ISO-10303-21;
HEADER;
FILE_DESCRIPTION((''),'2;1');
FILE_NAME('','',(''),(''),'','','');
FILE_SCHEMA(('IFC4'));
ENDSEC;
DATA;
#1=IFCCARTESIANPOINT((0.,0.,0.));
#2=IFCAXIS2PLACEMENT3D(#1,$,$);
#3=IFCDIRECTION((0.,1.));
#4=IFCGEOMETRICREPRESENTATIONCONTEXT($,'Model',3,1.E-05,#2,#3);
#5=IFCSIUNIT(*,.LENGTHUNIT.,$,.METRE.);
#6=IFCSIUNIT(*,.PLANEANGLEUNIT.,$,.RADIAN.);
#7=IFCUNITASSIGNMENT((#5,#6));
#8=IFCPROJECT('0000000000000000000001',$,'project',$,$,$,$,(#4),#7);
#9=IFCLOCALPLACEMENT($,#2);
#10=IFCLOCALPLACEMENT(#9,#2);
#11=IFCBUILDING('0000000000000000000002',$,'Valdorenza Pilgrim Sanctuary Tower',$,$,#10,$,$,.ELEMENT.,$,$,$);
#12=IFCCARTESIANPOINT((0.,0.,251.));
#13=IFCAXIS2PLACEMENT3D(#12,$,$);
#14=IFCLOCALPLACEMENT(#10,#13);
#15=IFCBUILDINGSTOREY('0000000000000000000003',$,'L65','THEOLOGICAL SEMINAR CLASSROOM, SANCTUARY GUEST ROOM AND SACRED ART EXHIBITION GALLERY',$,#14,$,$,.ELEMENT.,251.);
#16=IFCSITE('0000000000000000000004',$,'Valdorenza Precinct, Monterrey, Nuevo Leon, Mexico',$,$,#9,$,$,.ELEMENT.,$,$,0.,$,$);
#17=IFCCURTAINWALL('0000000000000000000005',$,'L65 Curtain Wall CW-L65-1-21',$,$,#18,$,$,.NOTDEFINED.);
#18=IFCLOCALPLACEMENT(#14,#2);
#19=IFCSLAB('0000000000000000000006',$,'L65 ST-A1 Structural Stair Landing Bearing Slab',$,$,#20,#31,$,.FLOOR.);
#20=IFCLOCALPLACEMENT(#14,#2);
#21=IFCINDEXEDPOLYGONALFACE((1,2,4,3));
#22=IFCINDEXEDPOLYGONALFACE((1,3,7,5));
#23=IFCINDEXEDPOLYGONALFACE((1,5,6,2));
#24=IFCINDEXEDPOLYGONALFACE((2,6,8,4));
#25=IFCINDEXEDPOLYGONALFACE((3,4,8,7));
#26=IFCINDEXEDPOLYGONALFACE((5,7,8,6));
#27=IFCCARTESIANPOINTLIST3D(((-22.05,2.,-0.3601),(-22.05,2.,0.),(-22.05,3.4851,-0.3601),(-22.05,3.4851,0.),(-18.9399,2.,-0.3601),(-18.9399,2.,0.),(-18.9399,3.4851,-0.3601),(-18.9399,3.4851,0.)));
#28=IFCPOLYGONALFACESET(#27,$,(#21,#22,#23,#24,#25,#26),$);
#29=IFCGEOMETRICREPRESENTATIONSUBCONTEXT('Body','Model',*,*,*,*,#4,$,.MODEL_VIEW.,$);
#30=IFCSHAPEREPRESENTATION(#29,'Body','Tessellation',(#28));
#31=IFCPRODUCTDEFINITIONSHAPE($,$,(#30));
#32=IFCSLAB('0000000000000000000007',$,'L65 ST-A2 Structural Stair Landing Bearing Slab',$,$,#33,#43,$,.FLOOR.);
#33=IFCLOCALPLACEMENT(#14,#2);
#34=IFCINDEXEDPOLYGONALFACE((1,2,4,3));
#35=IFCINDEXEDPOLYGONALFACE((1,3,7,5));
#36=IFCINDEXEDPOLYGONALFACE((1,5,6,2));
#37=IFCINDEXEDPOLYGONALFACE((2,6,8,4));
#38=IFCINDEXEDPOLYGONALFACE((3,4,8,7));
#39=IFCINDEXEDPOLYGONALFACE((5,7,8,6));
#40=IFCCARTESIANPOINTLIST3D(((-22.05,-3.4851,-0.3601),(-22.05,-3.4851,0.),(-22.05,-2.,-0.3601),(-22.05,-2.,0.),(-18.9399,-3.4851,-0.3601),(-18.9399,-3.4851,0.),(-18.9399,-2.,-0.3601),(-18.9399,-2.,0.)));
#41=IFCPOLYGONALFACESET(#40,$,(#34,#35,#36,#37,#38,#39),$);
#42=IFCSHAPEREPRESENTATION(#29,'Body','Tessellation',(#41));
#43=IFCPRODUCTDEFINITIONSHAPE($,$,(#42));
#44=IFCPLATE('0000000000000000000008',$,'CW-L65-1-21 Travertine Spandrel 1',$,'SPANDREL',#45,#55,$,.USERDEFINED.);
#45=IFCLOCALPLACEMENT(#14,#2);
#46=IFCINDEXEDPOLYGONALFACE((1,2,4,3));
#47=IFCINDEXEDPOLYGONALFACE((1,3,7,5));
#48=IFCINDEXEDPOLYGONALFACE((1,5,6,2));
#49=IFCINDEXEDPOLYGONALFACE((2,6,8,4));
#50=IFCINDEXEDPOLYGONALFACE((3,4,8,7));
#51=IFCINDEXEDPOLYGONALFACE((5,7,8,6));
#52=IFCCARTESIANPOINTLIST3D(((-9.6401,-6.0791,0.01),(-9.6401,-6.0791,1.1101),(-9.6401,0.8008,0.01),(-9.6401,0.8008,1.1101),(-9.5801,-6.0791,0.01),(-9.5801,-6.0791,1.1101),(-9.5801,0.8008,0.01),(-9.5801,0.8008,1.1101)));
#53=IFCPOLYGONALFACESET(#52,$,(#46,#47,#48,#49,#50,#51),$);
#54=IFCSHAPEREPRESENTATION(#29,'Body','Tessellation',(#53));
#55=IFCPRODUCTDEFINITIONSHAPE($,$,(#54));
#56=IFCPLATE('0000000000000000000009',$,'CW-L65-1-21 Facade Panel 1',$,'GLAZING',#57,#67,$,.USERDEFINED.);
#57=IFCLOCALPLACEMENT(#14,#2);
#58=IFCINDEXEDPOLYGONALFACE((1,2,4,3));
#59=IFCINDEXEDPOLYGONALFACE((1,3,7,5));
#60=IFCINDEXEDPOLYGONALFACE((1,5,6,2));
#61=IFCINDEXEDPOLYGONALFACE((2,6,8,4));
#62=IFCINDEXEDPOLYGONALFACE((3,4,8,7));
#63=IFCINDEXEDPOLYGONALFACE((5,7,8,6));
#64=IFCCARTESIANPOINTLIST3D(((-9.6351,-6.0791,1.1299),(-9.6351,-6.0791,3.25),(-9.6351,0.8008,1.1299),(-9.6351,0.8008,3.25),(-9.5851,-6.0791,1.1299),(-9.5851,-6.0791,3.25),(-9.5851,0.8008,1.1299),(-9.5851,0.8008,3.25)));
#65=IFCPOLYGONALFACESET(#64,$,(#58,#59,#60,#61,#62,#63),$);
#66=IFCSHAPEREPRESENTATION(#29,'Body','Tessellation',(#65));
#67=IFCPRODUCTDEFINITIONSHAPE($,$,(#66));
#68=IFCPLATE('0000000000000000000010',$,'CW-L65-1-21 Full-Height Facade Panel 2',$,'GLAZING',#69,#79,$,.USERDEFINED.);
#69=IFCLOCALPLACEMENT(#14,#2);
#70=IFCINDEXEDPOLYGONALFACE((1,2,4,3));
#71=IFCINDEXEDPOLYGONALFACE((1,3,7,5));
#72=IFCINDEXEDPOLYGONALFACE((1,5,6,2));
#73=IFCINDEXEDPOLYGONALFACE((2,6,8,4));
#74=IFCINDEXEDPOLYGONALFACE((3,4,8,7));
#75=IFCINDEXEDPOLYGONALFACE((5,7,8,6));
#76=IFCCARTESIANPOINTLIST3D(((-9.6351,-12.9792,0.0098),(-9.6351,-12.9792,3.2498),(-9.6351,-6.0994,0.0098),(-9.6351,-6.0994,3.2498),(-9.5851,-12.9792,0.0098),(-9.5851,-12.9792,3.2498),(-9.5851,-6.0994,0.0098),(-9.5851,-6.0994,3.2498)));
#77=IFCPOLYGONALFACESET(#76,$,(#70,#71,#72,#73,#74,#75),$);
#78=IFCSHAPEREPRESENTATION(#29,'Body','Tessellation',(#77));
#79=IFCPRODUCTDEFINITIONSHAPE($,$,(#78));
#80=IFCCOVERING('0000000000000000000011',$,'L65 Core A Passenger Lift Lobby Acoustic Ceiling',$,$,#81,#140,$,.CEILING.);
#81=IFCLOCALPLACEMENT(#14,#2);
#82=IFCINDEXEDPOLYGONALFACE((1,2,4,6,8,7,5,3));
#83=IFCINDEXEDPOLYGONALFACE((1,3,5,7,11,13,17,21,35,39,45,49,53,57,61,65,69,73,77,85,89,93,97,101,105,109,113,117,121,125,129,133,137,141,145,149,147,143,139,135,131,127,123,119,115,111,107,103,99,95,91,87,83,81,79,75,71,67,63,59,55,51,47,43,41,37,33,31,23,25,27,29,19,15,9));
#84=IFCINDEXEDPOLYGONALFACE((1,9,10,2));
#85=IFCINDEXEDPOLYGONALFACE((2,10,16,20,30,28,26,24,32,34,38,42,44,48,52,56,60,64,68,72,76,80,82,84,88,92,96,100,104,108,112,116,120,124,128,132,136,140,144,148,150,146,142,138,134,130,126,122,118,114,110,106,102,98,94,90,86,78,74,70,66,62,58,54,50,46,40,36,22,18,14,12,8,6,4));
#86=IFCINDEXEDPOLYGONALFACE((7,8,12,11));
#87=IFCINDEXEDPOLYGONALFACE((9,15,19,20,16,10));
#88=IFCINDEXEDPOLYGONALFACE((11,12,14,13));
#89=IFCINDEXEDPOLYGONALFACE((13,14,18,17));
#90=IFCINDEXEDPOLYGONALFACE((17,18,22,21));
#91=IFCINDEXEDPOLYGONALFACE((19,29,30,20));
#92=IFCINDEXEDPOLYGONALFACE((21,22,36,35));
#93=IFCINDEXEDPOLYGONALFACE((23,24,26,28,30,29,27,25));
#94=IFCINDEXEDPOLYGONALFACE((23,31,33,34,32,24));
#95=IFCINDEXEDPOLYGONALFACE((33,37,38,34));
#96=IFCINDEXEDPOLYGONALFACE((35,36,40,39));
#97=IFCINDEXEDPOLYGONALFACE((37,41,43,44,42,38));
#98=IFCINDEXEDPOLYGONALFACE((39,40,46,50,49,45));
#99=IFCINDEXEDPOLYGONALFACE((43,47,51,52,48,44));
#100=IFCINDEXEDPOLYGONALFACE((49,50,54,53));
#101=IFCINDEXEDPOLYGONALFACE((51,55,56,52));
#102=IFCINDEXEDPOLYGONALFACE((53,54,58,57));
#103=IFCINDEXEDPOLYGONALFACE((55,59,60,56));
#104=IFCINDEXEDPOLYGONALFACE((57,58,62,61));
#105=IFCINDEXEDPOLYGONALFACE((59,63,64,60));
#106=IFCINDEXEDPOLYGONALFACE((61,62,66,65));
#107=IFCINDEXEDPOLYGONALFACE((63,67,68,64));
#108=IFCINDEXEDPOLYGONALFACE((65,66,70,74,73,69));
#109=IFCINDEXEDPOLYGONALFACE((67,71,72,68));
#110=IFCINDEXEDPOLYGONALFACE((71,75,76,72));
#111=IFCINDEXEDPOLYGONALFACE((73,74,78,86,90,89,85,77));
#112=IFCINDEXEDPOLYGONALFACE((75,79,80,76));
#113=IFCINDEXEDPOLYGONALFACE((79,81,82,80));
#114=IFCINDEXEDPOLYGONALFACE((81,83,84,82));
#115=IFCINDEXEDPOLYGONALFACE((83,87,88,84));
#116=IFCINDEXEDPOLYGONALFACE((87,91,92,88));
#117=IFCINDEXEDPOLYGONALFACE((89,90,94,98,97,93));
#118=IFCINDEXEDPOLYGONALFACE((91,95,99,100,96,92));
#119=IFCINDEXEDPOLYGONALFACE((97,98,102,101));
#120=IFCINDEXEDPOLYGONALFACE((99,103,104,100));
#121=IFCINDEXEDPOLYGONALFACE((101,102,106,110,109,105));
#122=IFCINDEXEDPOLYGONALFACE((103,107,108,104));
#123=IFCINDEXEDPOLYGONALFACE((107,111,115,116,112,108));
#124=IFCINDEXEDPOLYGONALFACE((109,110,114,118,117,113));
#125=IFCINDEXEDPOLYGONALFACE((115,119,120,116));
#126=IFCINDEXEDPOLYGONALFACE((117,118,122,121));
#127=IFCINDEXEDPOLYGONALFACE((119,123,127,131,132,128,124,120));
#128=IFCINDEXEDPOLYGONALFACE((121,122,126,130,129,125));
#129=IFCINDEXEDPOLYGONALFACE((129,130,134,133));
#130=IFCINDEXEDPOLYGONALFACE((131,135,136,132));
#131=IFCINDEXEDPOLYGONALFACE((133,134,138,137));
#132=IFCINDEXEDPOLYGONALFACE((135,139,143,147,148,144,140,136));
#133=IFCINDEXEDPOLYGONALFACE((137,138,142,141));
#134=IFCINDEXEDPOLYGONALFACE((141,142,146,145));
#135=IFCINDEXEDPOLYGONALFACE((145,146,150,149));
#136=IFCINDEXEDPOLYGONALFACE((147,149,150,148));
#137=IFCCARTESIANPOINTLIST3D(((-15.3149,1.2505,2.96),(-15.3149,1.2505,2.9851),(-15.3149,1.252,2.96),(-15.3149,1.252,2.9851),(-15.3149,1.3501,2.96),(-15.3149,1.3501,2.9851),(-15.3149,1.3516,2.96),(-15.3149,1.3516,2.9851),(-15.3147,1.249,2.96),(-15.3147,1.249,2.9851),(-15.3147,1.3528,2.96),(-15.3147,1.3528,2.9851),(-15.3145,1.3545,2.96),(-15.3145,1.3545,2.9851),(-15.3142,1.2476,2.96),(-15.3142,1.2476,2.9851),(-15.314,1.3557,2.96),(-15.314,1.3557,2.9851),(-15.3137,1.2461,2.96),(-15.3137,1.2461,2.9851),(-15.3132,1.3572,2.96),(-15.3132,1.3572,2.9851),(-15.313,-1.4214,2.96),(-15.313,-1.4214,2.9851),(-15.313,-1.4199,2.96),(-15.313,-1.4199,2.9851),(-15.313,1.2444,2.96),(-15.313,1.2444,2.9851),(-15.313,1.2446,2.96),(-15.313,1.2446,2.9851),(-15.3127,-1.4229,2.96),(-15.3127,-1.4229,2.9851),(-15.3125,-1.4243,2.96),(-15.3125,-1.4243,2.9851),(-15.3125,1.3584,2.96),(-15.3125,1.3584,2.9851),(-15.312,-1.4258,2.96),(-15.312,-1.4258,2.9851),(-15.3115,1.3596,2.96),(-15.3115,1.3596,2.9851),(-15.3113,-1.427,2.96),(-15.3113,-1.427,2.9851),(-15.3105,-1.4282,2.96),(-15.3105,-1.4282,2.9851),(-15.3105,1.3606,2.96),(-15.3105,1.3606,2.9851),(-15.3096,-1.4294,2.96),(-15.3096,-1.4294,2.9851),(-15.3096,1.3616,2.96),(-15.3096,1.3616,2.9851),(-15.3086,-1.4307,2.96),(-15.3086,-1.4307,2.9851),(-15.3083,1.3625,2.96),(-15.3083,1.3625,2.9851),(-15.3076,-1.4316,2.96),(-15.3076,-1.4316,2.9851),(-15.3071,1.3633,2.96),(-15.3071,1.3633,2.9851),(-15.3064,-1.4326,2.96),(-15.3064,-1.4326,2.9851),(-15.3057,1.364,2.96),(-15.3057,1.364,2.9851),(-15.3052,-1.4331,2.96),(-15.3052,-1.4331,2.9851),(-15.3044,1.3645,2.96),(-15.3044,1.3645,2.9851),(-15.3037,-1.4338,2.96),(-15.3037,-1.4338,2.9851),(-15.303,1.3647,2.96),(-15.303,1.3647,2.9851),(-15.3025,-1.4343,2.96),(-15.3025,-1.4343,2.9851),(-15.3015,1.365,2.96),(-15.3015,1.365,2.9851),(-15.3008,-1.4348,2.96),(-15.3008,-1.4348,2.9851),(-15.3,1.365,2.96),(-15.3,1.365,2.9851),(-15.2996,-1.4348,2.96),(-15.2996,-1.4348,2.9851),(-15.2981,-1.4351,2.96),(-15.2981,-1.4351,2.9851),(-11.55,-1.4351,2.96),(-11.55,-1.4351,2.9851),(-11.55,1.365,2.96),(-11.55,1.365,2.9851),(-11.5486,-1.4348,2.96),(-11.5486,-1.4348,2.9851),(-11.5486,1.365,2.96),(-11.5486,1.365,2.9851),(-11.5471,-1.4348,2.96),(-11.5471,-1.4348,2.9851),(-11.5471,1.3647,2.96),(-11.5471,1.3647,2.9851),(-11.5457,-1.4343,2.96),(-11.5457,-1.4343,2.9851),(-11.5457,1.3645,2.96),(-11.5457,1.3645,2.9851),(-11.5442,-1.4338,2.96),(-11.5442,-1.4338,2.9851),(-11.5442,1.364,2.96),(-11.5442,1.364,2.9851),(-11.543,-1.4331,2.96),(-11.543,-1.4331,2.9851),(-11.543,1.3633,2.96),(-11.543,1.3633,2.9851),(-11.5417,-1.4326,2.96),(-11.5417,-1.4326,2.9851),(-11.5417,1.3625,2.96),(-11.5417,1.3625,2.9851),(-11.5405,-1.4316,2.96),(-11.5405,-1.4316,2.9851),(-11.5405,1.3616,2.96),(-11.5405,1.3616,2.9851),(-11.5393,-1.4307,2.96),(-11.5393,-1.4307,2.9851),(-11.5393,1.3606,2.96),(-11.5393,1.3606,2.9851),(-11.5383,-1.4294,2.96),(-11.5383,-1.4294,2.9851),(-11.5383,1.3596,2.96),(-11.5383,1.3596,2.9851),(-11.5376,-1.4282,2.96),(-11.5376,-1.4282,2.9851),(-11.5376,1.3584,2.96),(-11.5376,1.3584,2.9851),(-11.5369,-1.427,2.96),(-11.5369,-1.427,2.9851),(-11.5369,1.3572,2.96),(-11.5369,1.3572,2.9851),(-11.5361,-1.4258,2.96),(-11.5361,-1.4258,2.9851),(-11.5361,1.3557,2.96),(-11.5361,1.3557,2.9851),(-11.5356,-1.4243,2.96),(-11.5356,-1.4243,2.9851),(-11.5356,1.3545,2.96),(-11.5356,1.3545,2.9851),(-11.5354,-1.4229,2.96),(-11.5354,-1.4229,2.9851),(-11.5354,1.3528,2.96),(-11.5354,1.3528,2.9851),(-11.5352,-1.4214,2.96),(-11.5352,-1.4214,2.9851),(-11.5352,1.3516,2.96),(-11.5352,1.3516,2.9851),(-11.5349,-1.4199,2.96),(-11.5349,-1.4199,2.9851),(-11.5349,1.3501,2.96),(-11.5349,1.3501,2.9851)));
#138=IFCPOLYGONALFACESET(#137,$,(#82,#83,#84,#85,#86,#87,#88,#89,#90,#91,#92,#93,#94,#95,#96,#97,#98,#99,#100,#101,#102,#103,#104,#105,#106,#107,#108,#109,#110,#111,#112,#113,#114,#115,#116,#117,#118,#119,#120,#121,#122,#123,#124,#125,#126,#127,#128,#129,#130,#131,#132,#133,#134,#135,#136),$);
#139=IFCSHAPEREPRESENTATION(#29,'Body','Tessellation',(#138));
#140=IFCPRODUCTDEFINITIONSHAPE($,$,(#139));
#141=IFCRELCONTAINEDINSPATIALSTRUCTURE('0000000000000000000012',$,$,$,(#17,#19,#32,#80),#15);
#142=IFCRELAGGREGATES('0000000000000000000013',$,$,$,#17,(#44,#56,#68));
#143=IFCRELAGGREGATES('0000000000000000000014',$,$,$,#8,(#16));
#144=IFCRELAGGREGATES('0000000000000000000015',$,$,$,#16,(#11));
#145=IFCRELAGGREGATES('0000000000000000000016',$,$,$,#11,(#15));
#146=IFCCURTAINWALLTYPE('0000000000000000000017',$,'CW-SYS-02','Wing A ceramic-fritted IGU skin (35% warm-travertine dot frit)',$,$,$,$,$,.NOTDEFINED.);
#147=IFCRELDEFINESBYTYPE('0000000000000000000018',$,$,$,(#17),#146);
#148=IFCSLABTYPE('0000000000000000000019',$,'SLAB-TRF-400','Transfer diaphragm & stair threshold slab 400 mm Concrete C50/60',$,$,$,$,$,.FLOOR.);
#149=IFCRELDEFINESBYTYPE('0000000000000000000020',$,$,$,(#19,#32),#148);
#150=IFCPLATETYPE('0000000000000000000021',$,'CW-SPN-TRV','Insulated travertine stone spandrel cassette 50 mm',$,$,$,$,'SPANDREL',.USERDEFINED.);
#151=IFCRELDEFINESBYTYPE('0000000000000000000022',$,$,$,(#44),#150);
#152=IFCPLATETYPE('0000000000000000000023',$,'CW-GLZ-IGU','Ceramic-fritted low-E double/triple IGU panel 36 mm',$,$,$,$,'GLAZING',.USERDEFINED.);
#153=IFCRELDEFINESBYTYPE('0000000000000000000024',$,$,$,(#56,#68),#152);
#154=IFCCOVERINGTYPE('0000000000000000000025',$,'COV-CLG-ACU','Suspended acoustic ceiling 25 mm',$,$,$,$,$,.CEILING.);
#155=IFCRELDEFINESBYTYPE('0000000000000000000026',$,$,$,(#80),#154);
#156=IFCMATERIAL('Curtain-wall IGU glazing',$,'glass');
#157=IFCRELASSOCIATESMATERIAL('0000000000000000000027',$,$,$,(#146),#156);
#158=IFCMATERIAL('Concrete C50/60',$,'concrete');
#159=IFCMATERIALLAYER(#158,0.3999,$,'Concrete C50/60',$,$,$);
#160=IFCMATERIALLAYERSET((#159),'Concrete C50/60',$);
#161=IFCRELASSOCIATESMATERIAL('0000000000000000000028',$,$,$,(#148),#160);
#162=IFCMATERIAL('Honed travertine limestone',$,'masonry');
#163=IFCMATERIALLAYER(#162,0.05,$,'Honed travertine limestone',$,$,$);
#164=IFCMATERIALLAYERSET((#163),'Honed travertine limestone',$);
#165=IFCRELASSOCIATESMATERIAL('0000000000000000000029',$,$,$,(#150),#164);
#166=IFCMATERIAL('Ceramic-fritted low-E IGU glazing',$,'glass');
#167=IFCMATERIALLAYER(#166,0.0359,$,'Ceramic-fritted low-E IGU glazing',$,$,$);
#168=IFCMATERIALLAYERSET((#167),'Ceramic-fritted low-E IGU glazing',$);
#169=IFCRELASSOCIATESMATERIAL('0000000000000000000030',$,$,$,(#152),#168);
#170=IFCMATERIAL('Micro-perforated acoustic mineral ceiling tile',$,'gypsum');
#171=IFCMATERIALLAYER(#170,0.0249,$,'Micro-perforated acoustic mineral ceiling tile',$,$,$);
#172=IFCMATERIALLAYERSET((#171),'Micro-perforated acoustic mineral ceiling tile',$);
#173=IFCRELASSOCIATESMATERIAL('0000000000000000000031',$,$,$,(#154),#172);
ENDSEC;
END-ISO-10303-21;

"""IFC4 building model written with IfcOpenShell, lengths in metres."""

from ifc_helpers import new_model, si_unit, direction, frame, origin, origin_2d, place, context, subcontext, project, spatial, polyline, rectangle, outline, extrude, source, transform, mapped, material, layer, layer_set, type_object, element, aggregate, save


model = new_model("IFC4")

# Units and contexts
model_context = context("Model", 3, precision=1e-05, world=origin(), true_north=direction((0.0, 1.0)))
body_context = subcontext(model_context, "Body", "Model", "MODEL_VIEW")
ifc_project = project(units=[si_unit("LENGTHUNIT", "METRE"), si_unit("PLANEANGLEUNIT", "RADIAN")], contexts=[model_context])

# Site, building, storey
site_placement = place(None, origin())
site = spatial("IfcSite", under=ifc_project, at=site_placement, Name="Valdorenza Precinct, Monterrey, Nuevo Leon, Mexico", CompositionType="ELEMENT", RefElevation=0.0)
building_placement = place(site_placement, origin())
building = spatial("IfcBuilding", under=site, at=building_placement, Name="Valdorenza Pilgrim Sanctuary Tower", CompositionType="ELEMENT")
storey_placement = place(building_placement, frame((0.0, 0.0, 251.0)))
storey = spatial("IfcBuildingStorey", under=building, at=storey_placement, Name="L65", Description="THEOLOGICAL SEMINAR CLASSROOM, SANCTUARY GUEST ROOM AND SACRED ART EXHIBITION GALLERY", CompositionType="ELEMENT", Elevation=251.0)

# Curtain wall
ifc_material_1 = material(Name="Curtain-wall IGU glazing", Category="glass")
curtain_wall_type = type_object("IfcCurtainWallType", Name="CW-SYS-02", Description="Wing A ceramic-fritted IGU skin (35% warm-travertine dot frit)", PredefinedType="NOTDEFINED", material=ifc_material_1)
curtain_wall_placement = place(storey_placement, origin())
curtain_wall = element("IfcCurtainWall", 1, at=curtain_wall_placement, inside=storey, type_object=curtain_wall_type, Name="L65 Curtain Wall CW-L65-1-21", PredefinedType="NOTDEFINED")

# Slabs
ifc_material_2 = material(Name="Concrete C50/60", Category="concrete")
ifc_layer_1 = layer(ifc_material_2, 0.3999, Name="Concrete C50/60")
ifc_layer_set_1 = layer_set([ifc_layer_1], Name="Concrete C50/60")
slab_type_1 = type_object("IfcSlabType", Name="SLAB-TRF-400", Description="Transfer diaphragm & stair threshold slab 400 mm Concrete C50/60", PredefinedType="FLOOR", material=ifc_layer_set_1)
slab_1_placement = place(storey_placement, frame((0.0, 0.0, -0.3601)))
element("IfcSlab", 2, at=slab_1_placement, inside=storey, type_object=slab_type_1, Name="L65 ST-A1 Structural Stair Landing Bearing Slab", PredefinedType="FLOOR", context=body_context, shape_type="SweptSolid", body=[
    extrude(outline(polyline([(-22.05, 2.0), (-18.9399, 2.0), (-18.9399, 3.4851), (-22.05, 3.4851), (-22.05, 2.0)])), origin(), (0.0, 0.0, 1.0), 0.3601),
])
slab_2_placement = place(storey_placement, frame((0.0, 0.0, -0.3601)))
element("IfcSlab", 3, at=slab_2_placement, inside=storey, type_object=slab_type_1, Name="L65 ST-A2 Structural Stair Landing Bearing Slab", PredefinedType="FLOOR", context=body_context, shape_type="SweptSolid", body=[
    extrude(outline(polyline([(-22.05, -3.4851), (-18.9399, -3.4851), (-18.9399, -2.0), (-22.05, -2.0), (-22.05, -3.4851)])), origin(), (0.0, 0.0, 1.0), 0.3601),
])

# Plates
ifc_material_3 = material(Name="Honed travertine limestone", Category="masonry")
ifc_layer_2 = layer(ifc_material_3, 0.05, Name="Honed travertine limestone")
ifc_layer_set_2 = layer_set([ifc_layer_2], Name="Honed travertine limestone")
plate_type_1 = type_object("IfcPlateType", Name="CW-SPN-TRV", Description="Insulated travertine stone spandrel cassette 50 mm", ElementType="SPANDREL", PredefinedType="USERDEFINED", material=ifc_layer_set_2)
shared_shape_1 = source(origin(), body_context, "Body", "SweptSolid", [
    extrude(rectangle(XDim=6.8799, YDim=0.0601, at=origin_2d()), origin(), (0.0, 0.0, 1.0), 1.1001),
])
plate_1_placement = place(storey_placement, frame((-9.6101, -2.6392, 0.01), z_axis=(0.0, 0.0, 1.0), x_axis=(0.0, -1.0, 0.0)))
plate_1 = element("IfcPlate", 4, at=plate_1_placement, type_object=plate_type_1, Name="CW-L65-1-21 Travertine Spandrel 1", ObjectType="SPANDREL", PredefinedType="USERDEFINED", context=body_context, shape_type="MappedRepresentation", body=[
    mapped(shared_shape_1, transform((0.0, 0.0, 0.0), x_axis=(1.0, 0.0, 0.0), y_axis=(0.0, 1.0, 0.0), z_axis=(0.0, 0.0, 1.0), scale=1.0)),
])
ifc_material_4 = material(Name="Ceramic-fritted low-E IGU glazing", Category="glass")
ifc_layer_3 = layer(ifc_material_4, 0.0359, Name="Ceramic-fritted low-E IGU glazing")
ifc_layer_set_3 = layer_set([ifc_layer_3], Name="Ceramic-fritted low-E IGU glazing")
plate_type_2 = type_object("IfcPlateType", Name="CW-GLZ-IGU", Description="Ceramic-fritted low-E double/triple IGU panel 36 mm", ElementType="GLAZING", PredefinedType="USERDEFINED", material=ifc_layer_set_3)
shared_shape_2 = source(origin(), body_context, "Body", "SweptSolid", [
    extrude(rectangle(XDim=6.8799, YDim=0.05, at=origin_2d()), origin(), (0.0, 0.0, 1.0), 2.1201),
])
plate_2_placement = place(storey_placement, frame((-9.6101, -2.6392, 1.1299), z_axis=(0.0, 0.0, 1.0), x_axis=(0.0, -1.0, 0.0)))
plate_2 = element("IfcPlate", 5, at=plate_2_placement, type_object=plate_type_2, Name="CW-L65-1-21 Facade Panel 1", ObjectType="GLAZING", PredefinedType="USERDEFINED", context=body_context, shape_type="MappedRepresentation", body=[
    mapped(shared_shape_2, transform((0.0, 0.0, 0.0), x_axis=(1.0, 0.0, 0.0), y_axis=(0.0, 1.0, 0.0), z_axis=(0.0, 0.0, 1.0), scale=1.0)),
])
shared_shape_3 = source(origin(), body_context, "Body", "SweptSolid", [
    extrude(rectangle(XDim=6.8799, YDim=0.05, at=origin_2d()), origin(), (0.0, 0.0, 1.0), 3.24),
])
plate_3_placement = place(storey_placement, frame((-9.6101, -9.5393, 0.0098), z_axis=(0.0, 0.0, 1.0), x_axis=(0.0, -1.0, 0.0)))
plate_3 = element("IfcPlate", 6, at=plate_3_placement, type_object=plate_type_2, Name="CW-L65-1-21 Full-Height Facade Panel 2", ObjectType="GLAZING", PredefinedType="USERDEFINED", context=body_context, shape_type="MappedRepresentation", body=[
    mapped(shared_shape_3, transform((0.0, 0.0, 0.0), x_axis=(1.0, 0.0, 0.0), y_axis=(0.0, 1.0, 0.0), z_axis=(0.0, 0.0, 1.0), scale=1.0)),
])
aggregate(curtain_wall, [plate_1, plate_2, plate_3])

# Covering
ifc_material_5 = material(Name="Micro-perforated acoustic mineral ceiling tile", Category="gypsum")
ifc_layer_4 = layer(ifc_material_5, 0.0249, Name="Micro-perforated acoustic mineral ceiling tile")
ifc_layer_set_4 = layer_set([ifc_layer_4], Name="Micro-perforated acoustic mineral ceiling tile")
covering_type_1 = type_object("IfcCoveringType", Name="COV-CLG-ACU", Description="Suspended acoustic ceiling 25 mm", PredefinedType="CEILING", material=ifc_layer_set_4)
covering_1_placement = place(storey_placement, frame((0.0, 0.0, 2.96)))
element("IfcCovering", 7, at=covering_1_placement, inside=storey, type_object=covering_type_1, Name="L65 Core A Passenger Lift Lobby Acoustic Ceiling", PredefinedType="CEILING", context=body_context, shape_type="SweptSolid", body=[
    extrude(outline(polyline([(-15.3149, 1.3501), (-15.3149, 1.3516), (-15.3147, 1.3528), (-15.3145, 1.3545), (-15.314, 1.3557), (-15.3132, 1.3572), (-15.3125, 1.3584), (-15.3115, 1.3596), (-15.3105, 1.3606), (-15.3096, 1.3616), (-15.3083, 1.3625), (-15.3071, 1.3633), (-15.3057, 1.364), (-15.3044, 1.3645), (-15.303, 1.3647), (-15.3015, 1.365), (-15.3, 1.365), (-11.55, 1.365), (-11.5486, 1.365), (-11.5471, 1.3647), (-11.5457, 1.3645), (-11.5442, 1.364), (-11.543, 1.3633), (-11.5417, 1.3625), (-11.5405, 1.3616), (-11.5393, 1.3606), (-11.5383, 1.3596), (-11.5376, 1.3584), (-11.5369, 1.3572), (-11.5361, 1.3557), (-11.5356, 1.3545), (-11.5354, 1.3528), (-11.5352, 1.3516), (-11.5349, 1.3501), (-11.5349, -1.4199), (-11.5352, -1.4214), (-11.5354, -1.4229), (-11.5356, -1.4243), (-11.5361, -1.4258), (-11.5369, -1.427), (-11.5376, -1.4282), (-11.5383, -1.4294), (-11.5393, -1.4307), (-11.5405, -1.4316), (-11.5417, -1.4326), (-11.543, -1.4331), (-11.5442, -1.4338), (-11.5457, -1.4343), (-11.5471, -1.4348), (-11.5486, -1.4348), (-11.55, -1.4351), (-15.2981, -1.4351), (-15.2996, -1.4348), (-15.3008, -1.4348), (-15.3025, -1.4343), (-15.3037, -1.4338), (-15.3052, -1.4331), (-15.3064, -1.4326), (-15.3076, -1.4316), (-15.3086, -1.4307), (-15.3096, -1.4294), (-15.3105, -1.4282), (-15.3113, -1.427), (-15.312, -1.4258), (-15.3125, -1.4243), (-15.3127, -1.4229), (-15.313, -1.4214), (-15.313, -1.4199), (-15.313, 1.2444), (-15.313, 1.2446), (-15.3137, 1.2461), (-15.3142, 1.2476), (-15.3147, 1.249), (-15.3149, 1.2505), (-15.3149, 1.252), (-15.3149, 1.3501)])), origin(), (0.0, 0.0, 1.0), 0.0251),
])

save(model, "model.ifc")
